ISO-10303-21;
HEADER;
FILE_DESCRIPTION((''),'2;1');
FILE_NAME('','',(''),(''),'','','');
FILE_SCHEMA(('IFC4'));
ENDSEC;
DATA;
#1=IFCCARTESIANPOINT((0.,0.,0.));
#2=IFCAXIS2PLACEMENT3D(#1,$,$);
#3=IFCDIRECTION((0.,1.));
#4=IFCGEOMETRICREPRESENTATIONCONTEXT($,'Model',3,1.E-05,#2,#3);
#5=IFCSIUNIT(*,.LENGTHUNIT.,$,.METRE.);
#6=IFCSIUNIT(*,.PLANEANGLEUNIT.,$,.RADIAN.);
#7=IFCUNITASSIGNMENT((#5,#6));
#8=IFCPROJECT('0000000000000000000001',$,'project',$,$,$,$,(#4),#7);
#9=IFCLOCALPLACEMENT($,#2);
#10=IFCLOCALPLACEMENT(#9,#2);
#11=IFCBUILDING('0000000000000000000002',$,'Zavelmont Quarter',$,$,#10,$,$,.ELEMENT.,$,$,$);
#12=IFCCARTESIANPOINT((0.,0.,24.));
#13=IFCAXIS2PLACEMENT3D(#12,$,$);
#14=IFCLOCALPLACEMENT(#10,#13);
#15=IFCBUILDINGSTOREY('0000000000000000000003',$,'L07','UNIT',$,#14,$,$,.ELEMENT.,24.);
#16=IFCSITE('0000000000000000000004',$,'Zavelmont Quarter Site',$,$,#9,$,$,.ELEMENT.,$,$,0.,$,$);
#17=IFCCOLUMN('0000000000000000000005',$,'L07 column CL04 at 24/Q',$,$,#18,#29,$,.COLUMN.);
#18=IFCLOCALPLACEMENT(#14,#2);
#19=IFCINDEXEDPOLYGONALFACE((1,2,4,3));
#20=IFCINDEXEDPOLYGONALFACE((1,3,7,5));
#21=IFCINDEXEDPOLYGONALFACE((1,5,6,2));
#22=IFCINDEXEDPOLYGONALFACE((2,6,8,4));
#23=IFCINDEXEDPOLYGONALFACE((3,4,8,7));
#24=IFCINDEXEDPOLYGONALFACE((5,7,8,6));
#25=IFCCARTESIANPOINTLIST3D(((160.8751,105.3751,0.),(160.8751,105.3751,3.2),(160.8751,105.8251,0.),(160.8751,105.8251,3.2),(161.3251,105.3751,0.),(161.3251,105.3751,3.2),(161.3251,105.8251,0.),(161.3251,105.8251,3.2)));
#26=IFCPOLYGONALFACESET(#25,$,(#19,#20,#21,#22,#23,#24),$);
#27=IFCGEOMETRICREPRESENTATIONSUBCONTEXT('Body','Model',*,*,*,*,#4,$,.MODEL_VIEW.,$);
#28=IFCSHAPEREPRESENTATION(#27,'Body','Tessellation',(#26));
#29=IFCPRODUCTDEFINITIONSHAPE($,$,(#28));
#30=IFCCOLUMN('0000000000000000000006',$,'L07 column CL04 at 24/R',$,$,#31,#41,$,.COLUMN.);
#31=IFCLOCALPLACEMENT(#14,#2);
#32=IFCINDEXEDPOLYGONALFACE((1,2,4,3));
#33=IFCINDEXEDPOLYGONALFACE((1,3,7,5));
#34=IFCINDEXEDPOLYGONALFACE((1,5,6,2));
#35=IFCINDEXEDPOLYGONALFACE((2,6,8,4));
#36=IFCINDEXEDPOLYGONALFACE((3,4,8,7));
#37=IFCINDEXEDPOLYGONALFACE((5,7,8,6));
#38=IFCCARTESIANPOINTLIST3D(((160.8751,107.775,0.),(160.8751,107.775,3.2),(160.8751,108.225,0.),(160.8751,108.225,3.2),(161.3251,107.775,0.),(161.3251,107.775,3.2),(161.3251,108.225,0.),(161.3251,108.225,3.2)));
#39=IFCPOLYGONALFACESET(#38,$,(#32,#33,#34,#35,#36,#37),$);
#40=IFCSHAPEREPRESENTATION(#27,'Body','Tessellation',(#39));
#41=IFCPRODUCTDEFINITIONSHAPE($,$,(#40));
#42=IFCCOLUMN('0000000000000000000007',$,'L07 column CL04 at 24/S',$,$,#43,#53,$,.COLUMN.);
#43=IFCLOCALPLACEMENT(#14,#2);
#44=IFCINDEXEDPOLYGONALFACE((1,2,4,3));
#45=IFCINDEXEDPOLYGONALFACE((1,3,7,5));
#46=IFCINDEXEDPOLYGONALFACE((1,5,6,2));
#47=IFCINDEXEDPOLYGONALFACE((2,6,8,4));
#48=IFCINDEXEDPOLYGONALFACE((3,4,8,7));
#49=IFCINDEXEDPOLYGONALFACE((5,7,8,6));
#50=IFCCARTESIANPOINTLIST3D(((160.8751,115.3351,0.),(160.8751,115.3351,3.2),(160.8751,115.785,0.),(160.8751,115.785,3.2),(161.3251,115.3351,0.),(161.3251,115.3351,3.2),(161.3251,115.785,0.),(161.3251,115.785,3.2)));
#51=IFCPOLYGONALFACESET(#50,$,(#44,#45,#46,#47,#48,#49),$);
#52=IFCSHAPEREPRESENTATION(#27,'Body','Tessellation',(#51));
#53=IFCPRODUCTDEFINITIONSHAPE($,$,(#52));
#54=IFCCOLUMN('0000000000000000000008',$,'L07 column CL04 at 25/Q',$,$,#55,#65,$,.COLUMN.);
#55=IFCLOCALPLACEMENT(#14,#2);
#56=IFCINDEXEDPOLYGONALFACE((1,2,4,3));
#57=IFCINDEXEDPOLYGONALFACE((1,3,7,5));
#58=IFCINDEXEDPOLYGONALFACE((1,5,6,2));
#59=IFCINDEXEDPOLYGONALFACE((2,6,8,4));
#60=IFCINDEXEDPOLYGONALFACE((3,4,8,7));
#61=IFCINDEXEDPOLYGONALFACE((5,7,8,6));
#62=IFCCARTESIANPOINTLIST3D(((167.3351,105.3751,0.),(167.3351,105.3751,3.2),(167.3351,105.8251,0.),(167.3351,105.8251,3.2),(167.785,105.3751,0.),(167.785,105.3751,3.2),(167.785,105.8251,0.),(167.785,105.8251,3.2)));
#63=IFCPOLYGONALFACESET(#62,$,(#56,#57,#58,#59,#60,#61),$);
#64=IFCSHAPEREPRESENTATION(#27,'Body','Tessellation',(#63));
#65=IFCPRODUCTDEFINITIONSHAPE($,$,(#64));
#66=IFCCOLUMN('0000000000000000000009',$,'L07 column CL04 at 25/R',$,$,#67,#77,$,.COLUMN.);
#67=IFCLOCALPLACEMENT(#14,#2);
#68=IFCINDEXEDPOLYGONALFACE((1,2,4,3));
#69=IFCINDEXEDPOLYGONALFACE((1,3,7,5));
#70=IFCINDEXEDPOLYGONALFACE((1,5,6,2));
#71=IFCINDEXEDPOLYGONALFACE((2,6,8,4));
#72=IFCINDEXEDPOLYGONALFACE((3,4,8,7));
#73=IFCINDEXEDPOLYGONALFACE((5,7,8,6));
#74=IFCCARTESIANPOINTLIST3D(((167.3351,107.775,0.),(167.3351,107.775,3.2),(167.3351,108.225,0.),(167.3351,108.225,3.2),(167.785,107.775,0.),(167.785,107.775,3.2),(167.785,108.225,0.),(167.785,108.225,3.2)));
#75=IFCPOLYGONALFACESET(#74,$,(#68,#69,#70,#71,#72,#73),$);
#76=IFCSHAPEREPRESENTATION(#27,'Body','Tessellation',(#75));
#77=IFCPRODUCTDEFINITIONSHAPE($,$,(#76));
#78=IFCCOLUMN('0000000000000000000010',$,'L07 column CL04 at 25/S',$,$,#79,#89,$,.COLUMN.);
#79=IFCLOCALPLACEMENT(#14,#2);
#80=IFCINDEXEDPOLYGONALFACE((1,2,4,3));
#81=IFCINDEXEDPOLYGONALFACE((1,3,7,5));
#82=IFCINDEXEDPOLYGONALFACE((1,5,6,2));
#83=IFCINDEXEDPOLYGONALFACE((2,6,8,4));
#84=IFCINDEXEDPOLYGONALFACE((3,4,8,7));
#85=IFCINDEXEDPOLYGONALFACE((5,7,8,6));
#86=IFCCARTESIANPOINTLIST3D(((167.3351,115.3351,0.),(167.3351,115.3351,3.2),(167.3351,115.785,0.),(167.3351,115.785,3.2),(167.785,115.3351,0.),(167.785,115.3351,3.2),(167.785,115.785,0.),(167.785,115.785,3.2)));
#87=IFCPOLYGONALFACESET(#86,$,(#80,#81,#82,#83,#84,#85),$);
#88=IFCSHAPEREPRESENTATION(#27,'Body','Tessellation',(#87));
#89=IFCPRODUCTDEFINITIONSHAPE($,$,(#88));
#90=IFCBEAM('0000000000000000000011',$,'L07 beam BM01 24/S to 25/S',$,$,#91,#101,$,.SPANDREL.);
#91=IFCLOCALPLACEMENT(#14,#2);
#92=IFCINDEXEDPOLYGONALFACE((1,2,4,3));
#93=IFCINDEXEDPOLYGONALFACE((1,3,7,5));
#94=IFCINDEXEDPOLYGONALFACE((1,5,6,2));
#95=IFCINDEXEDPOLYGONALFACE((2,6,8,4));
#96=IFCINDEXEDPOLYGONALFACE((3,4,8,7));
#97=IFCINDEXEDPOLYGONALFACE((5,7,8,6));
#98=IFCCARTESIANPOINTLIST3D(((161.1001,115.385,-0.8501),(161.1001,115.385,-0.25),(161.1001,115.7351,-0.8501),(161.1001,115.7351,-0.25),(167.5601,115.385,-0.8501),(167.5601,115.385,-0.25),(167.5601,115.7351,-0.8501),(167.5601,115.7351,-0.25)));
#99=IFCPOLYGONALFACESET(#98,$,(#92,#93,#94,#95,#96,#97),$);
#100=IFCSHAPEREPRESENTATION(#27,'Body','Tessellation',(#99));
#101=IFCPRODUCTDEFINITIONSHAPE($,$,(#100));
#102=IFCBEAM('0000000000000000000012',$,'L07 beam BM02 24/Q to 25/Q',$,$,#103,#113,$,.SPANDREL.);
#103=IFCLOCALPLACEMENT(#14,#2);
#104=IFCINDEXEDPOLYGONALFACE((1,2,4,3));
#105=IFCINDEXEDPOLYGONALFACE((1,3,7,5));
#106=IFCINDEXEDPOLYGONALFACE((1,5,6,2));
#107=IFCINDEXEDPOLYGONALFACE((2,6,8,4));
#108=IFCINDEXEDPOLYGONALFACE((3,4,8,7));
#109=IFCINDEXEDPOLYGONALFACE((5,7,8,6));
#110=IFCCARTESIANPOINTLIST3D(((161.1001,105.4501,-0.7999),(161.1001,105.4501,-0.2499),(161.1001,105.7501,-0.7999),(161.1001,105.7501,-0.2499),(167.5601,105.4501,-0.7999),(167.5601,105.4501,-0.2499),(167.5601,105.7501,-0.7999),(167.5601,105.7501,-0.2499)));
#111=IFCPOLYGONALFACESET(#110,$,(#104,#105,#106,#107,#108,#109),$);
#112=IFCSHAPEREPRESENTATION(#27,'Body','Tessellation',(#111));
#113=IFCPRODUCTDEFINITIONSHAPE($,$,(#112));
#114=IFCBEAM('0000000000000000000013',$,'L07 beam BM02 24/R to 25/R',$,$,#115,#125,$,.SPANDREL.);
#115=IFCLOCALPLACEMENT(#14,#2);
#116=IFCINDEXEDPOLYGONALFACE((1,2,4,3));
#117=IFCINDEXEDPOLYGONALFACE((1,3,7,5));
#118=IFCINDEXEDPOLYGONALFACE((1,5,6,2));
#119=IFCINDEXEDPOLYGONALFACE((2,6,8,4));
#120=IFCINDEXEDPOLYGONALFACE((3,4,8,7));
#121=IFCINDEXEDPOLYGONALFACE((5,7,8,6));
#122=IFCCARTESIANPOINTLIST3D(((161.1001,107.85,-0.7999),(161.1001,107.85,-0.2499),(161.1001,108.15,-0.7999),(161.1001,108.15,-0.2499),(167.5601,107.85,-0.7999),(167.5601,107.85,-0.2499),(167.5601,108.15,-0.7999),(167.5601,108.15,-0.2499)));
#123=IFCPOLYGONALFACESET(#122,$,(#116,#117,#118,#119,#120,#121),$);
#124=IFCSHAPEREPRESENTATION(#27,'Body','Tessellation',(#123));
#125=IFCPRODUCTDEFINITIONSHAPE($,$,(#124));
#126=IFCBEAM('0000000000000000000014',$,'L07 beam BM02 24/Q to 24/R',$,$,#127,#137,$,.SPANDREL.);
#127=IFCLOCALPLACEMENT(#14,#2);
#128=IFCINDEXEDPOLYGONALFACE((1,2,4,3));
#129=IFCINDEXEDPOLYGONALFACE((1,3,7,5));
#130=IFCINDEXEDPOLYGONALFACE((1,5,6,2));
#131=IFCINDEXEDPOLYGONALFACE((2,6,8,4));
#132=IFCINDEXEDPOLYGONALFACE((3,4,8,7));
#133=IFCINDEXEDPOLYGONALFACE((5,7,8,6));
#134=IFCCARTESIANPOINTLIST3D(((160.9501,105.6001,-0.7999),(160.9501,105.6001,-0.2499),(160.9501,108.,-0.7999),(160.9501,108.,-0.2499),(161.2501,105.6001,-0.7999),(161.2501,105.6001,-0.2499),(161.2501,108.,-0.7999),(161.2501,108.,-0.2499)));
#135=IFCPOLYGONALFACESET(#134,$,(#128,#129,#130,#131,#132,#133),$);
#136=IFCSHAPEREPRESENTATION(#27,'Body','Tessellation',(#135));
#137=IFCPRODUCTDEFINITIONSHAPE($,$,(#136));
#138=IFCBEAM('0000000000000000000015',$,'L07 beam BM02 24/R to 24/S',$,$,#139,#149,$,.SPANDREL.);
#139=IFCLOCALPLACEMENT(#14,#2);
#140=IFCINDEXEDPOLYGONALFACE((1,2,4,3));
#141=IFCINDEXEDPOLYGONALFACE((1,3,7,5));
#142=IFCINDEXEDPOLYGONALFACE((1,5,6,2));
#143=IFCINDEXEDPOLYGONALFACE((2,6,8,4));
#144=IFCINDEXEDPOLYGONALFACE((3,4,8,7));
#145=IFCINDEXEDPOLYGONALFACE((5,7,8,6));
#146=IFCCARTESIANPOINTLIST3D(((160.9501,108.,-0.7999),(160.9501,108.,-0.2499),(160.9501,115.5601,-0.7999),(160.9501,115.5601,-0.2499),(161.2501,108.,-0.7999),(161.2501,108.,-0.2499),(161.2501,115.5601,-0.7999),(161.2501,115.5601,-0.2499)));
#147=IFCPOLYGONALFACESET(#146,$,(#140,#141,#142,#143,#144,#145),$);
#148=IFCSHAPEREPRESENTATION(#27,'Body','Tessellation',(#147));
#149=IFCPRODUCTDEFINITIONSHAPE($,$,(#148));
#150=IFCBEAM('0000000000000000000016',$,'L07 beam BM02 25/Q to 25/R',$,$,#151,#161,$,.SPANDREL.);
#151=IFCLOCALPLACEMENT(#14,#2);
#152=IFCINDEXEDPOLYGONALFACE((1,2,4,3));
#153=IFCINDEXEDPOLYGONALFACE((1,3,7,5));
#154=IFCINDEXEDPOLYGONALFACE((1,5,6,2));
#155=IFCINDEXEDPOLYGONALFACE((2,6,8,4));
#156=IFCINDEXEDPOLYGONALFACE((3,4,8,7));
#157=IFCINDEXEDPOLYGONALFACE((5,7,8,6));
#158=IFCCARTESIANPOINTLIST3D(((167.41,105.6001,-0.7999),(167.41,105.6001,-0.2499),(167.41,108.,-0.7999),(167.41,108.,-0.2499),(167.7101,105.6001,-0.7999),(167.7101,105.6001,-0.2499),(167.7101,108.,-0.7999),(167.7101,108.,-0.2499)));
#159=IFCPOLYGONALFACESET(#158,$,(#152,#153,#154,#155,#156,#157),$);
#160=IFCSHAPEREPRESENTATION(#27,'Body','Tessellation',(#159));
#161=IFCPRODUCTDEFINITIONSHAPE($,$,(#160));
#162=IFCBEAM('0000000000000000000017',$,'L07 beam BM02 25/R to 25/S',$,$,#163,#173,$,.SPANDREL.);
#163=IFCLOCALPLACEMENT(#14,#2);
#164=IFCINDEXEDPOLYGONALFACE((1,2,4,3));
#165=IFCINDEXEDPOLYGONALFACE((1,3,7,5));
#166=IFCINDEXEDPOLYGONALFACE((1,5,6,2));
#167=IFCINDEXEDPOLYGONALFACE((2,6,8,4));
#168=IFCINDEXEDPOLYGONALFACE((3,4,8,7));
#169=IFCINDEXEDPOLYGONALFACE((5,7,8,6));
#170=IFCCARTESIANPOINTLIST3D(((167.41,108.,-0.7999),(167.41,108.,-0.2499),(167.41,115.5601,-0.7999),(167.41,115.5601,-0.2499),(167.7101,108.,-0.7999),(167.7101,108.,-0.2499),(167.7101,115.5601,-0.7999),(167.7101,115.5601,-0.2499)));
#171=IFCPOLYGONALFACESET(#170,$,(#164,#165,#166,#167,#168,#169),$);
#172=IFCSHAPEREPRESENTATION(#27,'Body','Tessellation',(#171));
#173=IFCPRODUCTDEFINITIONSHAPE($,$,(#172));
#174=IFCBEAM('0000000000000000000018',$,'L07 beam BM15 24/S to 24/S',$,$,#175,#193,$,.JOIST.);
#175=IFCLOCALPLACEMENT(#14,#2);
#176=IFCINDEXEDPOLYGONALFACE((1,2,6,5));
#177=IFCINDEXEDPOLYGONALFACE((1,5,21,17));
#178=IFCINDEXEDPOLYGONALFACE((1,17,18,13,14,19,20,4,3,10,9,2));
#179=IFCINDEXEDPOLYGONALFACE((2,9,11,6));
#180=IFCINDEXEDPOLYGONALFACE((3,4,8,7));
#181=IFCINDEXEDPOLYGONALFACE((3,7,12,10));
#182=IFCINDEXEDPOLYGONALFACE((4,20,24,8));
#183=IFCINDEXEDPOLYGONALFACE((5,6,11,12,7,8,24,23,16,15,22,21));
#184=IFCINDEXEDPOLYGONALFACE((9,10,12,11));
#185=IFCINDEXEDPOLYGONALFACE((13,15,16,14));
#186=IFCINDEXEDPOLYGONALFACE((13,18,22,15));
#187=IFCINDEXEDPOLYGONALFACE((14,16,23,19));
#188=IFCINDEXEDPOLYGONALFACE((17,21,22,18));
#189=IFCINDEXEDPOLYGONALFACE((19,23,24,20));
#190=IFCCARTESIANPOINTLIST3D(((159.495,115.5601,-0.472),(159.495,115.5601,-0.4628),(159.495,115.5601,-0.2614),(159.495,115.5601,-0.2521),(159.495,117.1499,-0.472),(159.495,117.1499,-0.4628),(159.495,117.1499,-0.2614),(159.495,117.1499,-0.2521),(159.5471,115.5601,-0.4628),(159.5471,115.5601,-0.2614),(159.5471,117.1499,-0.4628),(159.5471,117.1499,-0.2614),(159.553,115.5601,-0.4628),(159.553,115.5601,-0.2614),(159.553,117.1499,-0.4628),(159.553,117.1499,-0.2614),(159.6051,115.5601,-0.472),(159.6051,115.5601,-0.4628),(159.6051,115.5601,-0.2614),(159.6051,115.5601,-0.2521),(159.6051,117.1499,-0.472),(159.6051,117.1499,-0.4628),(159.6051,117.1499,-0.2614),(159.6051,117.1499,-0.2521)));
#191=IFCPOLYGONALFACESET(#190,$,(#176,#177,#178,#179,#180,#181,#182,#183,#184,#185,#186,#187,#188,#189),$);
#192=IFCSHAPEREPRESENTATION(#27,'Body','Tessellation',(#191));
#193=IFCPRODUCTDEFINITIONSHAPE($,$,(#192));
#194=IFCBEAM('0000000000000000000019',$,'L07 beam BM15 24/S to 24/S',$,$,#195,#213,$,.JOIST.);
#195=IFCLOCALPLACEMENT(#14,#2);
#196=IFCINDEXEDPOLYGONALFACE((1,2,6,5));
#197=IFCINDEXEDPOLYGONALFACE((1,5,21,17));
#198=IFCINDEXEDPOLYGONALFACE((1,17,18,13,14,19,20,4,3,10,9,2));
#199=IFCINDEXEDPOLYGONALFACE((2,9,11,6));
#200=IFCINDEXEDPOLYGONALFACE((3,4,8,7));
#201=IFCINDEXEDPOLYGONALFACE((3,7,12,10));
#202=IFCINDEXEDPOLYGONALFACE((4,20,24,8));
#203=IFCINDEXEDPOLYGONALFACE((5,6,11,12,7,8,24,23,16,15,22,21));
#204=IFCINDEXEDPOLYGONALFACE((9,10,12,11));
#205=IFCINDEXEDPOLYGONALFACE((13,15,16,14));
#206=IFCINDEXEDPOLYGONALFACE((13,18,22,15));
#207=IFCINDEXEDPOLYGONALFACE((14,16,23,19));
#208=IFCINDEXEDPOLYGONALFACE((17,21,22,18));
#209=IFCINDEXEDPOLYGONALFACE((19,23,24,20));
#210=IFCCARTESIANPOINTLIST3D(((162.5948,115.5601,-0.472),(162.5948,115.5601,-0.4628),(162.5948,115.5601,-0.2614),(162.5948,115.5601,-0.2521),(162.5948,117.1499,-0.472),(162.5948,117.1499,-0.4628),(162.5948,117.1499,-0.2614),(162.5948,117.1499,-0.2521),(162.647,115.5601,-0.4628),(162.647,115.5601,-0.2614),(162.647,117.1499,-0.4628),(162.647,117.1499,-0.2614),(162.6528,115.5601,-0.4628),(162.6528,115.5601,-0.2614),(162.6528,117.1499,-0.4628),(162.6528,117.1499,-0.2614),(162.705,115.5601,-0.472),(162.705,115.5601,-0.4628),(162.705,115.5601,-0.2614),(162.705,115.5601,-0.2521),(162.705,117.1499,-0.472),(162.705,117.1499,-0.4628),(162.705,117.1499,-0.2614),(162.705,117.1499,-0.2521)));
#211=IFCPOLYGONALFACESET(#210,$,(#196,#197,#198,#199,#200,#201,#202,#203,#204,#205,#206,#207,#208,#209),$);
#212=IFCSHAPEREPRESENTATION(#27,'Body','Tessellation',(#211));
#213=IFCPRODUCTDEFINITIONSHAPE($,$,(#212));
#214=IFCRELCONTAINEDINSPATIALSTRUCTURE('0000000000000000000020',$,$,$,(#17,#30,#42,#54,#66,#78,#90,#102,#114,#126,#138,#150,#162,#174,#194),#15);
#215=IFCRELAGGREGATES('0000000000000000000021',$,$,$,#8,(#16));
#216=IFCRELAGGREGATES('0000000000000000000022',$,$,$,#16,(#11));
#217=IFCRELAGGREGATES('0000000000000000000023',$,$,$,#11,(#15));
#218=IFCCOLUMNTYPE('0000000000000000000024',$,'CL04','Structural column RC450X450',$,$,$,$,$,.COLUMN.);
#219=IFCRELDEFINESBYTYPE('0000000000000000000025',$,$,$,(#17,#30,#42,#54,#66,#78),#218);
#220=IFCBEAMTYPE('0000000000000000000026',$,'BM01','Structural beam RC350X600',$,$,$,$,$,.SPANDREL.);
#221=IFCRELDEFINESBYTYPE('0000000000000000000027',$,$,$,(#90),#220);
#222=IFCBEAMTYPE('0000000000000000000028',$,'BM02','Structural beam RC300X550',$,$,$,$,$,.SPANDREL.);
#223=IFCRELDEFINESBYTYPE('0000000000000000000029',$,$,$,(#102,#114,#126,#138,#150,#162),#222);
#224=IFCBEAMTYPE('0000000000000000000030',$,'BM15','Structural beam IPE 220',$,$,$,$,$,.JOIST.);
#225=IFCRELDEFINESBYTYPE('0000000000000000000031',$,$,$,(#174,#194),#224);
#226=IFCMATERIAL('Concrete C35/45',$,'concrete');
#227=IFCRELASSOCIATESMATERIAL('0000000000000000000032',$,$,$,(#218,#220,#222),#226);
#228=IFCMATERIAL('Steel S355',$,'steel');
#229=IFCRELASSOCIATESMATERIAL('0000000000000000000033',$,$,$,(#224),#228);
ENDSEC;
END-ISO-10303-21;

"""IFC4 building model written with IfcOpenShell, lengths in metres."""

from ifc_helpers import new_model, si_unit, direction, frame, origin, origin_2d, place, context, subcontext, project, spatial, rectangle, i_section, extrude, material, material_profile, profile_set, type_object, element, save


model = new_model("IFC4")

# Units and contexts
model_context = context("Model", 3, precision=1e-05, world=origin(), true_north=direction((0.0, 1.0)))
body_context = subcontext(model_context, "Body", "Model", "MODEL_VIEW")
ifc_project = project(units=[si_unit("LENGTHUNIT", "METRE"), si_unit("PLANEANGLEUNIT", "RADIAN")], contexts=[model_context])

# Site, building, storey
site_placement = place(None, origin())
site = spatial("IfcSite", under=ifc_project, at=site_placement, Name="Zavelmont Quarter Site", CompositionType="ELEMENT", RefElevation=0.0)
building_placement = place(site_placement, origin())
building = spatial("IfcBuilding", under=site, at=building_placement, Name="Zavelmont Quarter", CompositionType="ELEMENT")
storey_placement = place(building_placement, frame((0.0, 0.0, 24.0)))
storey = spatial("IfcBuildingStorey", under=building, at=storey_placement, Name="L07", Description="UNIT", CompositionType="ELEMENT", Elevation=24.0)

# Columns
ifc_material_1 = material(Name="Concrete C35/45", Category="concrete")
ifc_material_profile_1 = material_profile(ifc_material_1, rectangle(XDim=0.45, YDim=0.45, at=origin_2d()), Name="RC450X450")
ifc_profile_set_1 = profile_set([ifc_material_profile_1], Name="Concrete C35/45")
column_type = type_object("IfcColumnType", Name="CL04", Description="Structural column RC450X450", PredefinedType="COLUMN", material=ifc_profile_set_1)
for number, where, z_axis, x_axis, name in (
    (1, (161.1001, 105.6001, 0.0), (0.0, 0.0, 1.0), (1.0, 0.0, 0.0), "L07 column CL04 at 24/Q"),
    (2, (161.1001, 108.0, 0.0), (0.0, 0.0, 1.0), (1.0, 0.0, 0.0), "L07 column CL04 at 24/R"),
    (3, (161.1001, 115.5601, 0.0), (0.0, 0.0, 1.0), (1.0, 0.0, 0.0), "L07 column CL04 at 24/S"),
    (4, (167.5601, 105.6001, 0.0), (0.0, 0.0, 1.0), (1.0, 0.0, 0.0), "L07 column CL04 at 25/Q"),
    (5, (167.5601, 108.0, 0.0), (0.0, 0.0, 1.0), (1.0, 0.0, 0.0), "L07 column CL04 at 25/R"),
    (6, (167.5601, 115.5601, 0.0), (0.0, 0.0, 1.0), (1.0, 0.0, 0.0), "L07 column CL04 at 25/S"),
):
    element("IfcColumn", number, at=place(storey_placement, frame(where, z_axis=z_axis, x_axis=x_axis)), inside=storey, type_object=column_type, Name=name, PredefinedType="COLUMN", context=body_context, shape_type="SweptSolid", body=[
        extrude(rectangle(XDim=0.45, YDim=0.45, at=origin_2d()), origin(), (0.0, 0.0, 1.0), 3.2),
    ])

# Beams
ifc_material_profile_2 = material_profile(ifc_material_1, rectangle(XDim=0.3501, YDim=0.6001, at=origin_2d()), Name="RC350X600")
ifc_profile_set_2 = profile_set([ifc_material_profile_2], Name="Concrete C35/45")
beam_type_1 = type_object("IfcBeamType", Name="BM01", Description="Structural beam RC350X600", PredefinedType="SPANDREL", material=ifc_profile_set_2)
beam_1_placement = place(storey_placement, frame((161.1001, 115.5601, -0.55), z_axis=(1.0, 0.0, 0.0), x_axis=(0.0, 1.0, 0.0)))
element("IfcBeam", 7, at=beam_1_placement, inside=storey, type_object=beam_type_1, Name="L07 beam BM01 24/S to 25/S", PredefinedType="SPANDREL", context=body_context, shape_type="SweptSolid", body=[
    extrude(rectangle(XDim=0.3501, YDim=0.6001, at=origin_2d()), origin(), (0.0, 0.0, 1.0), 6.46),
])
ifc_material_profile_3 = material_profile(ifc_material_1, rectangle(XDim=0.3, YDim=0.55, at=origin_2d()), Name="RC300X550")
ifc_profile_set_3 = profile_set([ifc_material_profile_3], Name="Concrete C35/45")
beam_type_2 = type_object("IfcBeamType", Name="BM02", Description="Structural beam RC300X550", PredefinedType="SPANDREL", material=ifc_profile_set_3)
for number, where, z_axis, x_axis, name in (
    (8, (161.1001, 105.6001, -0.5249), (1.0, 0.0, 0.0), (0.0, 1.0, 0.0), "L07 beam BM02 24/Q to 25/Q"),
    (9, (161.1001, 108.0, -0.5249), (1.0, 0.0, 0.0), (0.0, 1.0, 0.0), "L07 beam BM02 24/R to 25/R"),
):
    element("IfcBeam", number, at=place(storey_placement, frame(where, z_axis=z_axis, x_axis=x_axis)), inside=storey, type_object=beam_type_2, Name=name, PredefinedType="SPANDREL", context=body_context, shape_type="SweptSolid", body=[
        extrude(rectangle(XDim=0.3, YDim=0.55, at=origin_2d()), origin(), (0.0, 0.0, 1.0), 6.46),
    ])
beam_2_placement = place(storey_placement, frame((161.1001, 105.6001, -0.5249), z_axis=(0.0, 1.0, 0.0), x_axis=(-1.0, 0.0, 0.0)))
element("IfcBeam", 10, at=beam_2_placement, inside=storey, type_object=beam_type_2, Name="L07 beam BM02 24/Q to 24/R", PredefinedType="SPANDREL", context=body_context, shape_type="SweptSolid", body=[
    extrude(rectangle(XDim=0.3, YDim=0.55, at=origin_2d()), origin(), (0.0, 0.0, 1.0), 2.3999),
])
beam_3_placement = place(storey_placement, frame((161.1001, 108.0, -0.5249), z_axis=(0.0, 1.0, 0.0), x_axis=(-1.0, 0.0, 0.0)))
element("IfcBeam", 11, at=beam_3_placement, inside=storey, type_object=beam_type_2, Name="L07 beam BM02 24/R to 24/S", PredefinedType="SPANDREL", context=body_context, shape_type="SweptSolid", body=[
    extrude(rectangle(XDim=0.3, YDim=0.55, at=origin_2d()), origin(), (0.0, 0.0, 1.0), 7.5601),
])
beam_4_placement = place(storey_placement, frame((167.5601, 105.6001, -0.5249), z_axis=(0.0, 1.0, 0.0), x_axis=(-1.0, 0.0, 0.0)))
element("IfcBeam", 12, at=beam_4_placement, inside=storey, type_object=beam_type_2, Name="L07 beam BM02 25/Q to 25/R", PredefinedType="SPANDREL", context=body_context, shape_type="SweptSolid", body=[
    extrude(rectangle(XDim=0.3, YDim=0.55, at=origin_2d()), origin(), (0.0, 0.0, 1.0), 2.3999),
])
beam_5_placement = place(storey_placement, frame((167.5601, 108.0, -0.5249), z_axis=(0.0, 1.0, 0.0), x_axis=(-1.0, 0.0, 0.0)))
element("IfcBeam", 13, at=beam_5_placement, inside=storey, type_object=beam_type_2, Name="L07 beam BM02 25/R to 25/S", PredefinedType="SPANDREL", context=body_context, shape_type="SweptSolid", body=[
    extrude(rectangle(XDim=0.3, YDim=0.55, at=origin_2d()), origin(), (0.0, 0.0, 1.0), 7.5601),
])
ifc_material_2 = material(Name="Steel S355", Category="steel")
ifc_material_profile_4 = material_profile(ifc_material_2, i_section(OverallWidth=0.1101, OverallDepth=0.22, WebThickness=0.0059, FlangeThickness=0.0093, at=origin_2d()), Name="IPE 220")
ifc_profile_set_4 = profile_set([ifc_material_profile_4], Name="Steel S355")
beam_type_3 = type_object("IfcBeamType", Name="BM15", Description="Structural beam IPE 220", PredefinedType="JOIST", material=ifc_profile_set_4)
for number, where, z_axis, x_axis, name in (
    (14, (159.55, 115.5601, -0.3621), (0.0, 1.0, 0.0), (-1.0, 0.0, 0.0), "L07 beam BM15 24/S to 24/S"),
    (15, (162.6499, 115.5601, -0.3621), (0.0, 1.0, 0.0), (-1.0, 0.0, 0.0), "L07 beam BM15 24/S to 24/S"),
):
    element("IfcBeam", number, at=place(storey_placement, frame(where, z_axis=z_axis, x_axis=x_axis)), inside=storey, type_object=beam_type_3, Name=name, PredefinedType="JOIST", context=body_context, shape_type="SweptSolid", body=[
        extrude(i_section(OverallWidth=0.1101, OverallDepth=0.22, WebThickness=0.0059, FlangeThickness=0.0093, at=origin_2d()), origin(), (0.0, 0.0, 1.0), 1.5898),
    ])

save(model, "model.ifc")
